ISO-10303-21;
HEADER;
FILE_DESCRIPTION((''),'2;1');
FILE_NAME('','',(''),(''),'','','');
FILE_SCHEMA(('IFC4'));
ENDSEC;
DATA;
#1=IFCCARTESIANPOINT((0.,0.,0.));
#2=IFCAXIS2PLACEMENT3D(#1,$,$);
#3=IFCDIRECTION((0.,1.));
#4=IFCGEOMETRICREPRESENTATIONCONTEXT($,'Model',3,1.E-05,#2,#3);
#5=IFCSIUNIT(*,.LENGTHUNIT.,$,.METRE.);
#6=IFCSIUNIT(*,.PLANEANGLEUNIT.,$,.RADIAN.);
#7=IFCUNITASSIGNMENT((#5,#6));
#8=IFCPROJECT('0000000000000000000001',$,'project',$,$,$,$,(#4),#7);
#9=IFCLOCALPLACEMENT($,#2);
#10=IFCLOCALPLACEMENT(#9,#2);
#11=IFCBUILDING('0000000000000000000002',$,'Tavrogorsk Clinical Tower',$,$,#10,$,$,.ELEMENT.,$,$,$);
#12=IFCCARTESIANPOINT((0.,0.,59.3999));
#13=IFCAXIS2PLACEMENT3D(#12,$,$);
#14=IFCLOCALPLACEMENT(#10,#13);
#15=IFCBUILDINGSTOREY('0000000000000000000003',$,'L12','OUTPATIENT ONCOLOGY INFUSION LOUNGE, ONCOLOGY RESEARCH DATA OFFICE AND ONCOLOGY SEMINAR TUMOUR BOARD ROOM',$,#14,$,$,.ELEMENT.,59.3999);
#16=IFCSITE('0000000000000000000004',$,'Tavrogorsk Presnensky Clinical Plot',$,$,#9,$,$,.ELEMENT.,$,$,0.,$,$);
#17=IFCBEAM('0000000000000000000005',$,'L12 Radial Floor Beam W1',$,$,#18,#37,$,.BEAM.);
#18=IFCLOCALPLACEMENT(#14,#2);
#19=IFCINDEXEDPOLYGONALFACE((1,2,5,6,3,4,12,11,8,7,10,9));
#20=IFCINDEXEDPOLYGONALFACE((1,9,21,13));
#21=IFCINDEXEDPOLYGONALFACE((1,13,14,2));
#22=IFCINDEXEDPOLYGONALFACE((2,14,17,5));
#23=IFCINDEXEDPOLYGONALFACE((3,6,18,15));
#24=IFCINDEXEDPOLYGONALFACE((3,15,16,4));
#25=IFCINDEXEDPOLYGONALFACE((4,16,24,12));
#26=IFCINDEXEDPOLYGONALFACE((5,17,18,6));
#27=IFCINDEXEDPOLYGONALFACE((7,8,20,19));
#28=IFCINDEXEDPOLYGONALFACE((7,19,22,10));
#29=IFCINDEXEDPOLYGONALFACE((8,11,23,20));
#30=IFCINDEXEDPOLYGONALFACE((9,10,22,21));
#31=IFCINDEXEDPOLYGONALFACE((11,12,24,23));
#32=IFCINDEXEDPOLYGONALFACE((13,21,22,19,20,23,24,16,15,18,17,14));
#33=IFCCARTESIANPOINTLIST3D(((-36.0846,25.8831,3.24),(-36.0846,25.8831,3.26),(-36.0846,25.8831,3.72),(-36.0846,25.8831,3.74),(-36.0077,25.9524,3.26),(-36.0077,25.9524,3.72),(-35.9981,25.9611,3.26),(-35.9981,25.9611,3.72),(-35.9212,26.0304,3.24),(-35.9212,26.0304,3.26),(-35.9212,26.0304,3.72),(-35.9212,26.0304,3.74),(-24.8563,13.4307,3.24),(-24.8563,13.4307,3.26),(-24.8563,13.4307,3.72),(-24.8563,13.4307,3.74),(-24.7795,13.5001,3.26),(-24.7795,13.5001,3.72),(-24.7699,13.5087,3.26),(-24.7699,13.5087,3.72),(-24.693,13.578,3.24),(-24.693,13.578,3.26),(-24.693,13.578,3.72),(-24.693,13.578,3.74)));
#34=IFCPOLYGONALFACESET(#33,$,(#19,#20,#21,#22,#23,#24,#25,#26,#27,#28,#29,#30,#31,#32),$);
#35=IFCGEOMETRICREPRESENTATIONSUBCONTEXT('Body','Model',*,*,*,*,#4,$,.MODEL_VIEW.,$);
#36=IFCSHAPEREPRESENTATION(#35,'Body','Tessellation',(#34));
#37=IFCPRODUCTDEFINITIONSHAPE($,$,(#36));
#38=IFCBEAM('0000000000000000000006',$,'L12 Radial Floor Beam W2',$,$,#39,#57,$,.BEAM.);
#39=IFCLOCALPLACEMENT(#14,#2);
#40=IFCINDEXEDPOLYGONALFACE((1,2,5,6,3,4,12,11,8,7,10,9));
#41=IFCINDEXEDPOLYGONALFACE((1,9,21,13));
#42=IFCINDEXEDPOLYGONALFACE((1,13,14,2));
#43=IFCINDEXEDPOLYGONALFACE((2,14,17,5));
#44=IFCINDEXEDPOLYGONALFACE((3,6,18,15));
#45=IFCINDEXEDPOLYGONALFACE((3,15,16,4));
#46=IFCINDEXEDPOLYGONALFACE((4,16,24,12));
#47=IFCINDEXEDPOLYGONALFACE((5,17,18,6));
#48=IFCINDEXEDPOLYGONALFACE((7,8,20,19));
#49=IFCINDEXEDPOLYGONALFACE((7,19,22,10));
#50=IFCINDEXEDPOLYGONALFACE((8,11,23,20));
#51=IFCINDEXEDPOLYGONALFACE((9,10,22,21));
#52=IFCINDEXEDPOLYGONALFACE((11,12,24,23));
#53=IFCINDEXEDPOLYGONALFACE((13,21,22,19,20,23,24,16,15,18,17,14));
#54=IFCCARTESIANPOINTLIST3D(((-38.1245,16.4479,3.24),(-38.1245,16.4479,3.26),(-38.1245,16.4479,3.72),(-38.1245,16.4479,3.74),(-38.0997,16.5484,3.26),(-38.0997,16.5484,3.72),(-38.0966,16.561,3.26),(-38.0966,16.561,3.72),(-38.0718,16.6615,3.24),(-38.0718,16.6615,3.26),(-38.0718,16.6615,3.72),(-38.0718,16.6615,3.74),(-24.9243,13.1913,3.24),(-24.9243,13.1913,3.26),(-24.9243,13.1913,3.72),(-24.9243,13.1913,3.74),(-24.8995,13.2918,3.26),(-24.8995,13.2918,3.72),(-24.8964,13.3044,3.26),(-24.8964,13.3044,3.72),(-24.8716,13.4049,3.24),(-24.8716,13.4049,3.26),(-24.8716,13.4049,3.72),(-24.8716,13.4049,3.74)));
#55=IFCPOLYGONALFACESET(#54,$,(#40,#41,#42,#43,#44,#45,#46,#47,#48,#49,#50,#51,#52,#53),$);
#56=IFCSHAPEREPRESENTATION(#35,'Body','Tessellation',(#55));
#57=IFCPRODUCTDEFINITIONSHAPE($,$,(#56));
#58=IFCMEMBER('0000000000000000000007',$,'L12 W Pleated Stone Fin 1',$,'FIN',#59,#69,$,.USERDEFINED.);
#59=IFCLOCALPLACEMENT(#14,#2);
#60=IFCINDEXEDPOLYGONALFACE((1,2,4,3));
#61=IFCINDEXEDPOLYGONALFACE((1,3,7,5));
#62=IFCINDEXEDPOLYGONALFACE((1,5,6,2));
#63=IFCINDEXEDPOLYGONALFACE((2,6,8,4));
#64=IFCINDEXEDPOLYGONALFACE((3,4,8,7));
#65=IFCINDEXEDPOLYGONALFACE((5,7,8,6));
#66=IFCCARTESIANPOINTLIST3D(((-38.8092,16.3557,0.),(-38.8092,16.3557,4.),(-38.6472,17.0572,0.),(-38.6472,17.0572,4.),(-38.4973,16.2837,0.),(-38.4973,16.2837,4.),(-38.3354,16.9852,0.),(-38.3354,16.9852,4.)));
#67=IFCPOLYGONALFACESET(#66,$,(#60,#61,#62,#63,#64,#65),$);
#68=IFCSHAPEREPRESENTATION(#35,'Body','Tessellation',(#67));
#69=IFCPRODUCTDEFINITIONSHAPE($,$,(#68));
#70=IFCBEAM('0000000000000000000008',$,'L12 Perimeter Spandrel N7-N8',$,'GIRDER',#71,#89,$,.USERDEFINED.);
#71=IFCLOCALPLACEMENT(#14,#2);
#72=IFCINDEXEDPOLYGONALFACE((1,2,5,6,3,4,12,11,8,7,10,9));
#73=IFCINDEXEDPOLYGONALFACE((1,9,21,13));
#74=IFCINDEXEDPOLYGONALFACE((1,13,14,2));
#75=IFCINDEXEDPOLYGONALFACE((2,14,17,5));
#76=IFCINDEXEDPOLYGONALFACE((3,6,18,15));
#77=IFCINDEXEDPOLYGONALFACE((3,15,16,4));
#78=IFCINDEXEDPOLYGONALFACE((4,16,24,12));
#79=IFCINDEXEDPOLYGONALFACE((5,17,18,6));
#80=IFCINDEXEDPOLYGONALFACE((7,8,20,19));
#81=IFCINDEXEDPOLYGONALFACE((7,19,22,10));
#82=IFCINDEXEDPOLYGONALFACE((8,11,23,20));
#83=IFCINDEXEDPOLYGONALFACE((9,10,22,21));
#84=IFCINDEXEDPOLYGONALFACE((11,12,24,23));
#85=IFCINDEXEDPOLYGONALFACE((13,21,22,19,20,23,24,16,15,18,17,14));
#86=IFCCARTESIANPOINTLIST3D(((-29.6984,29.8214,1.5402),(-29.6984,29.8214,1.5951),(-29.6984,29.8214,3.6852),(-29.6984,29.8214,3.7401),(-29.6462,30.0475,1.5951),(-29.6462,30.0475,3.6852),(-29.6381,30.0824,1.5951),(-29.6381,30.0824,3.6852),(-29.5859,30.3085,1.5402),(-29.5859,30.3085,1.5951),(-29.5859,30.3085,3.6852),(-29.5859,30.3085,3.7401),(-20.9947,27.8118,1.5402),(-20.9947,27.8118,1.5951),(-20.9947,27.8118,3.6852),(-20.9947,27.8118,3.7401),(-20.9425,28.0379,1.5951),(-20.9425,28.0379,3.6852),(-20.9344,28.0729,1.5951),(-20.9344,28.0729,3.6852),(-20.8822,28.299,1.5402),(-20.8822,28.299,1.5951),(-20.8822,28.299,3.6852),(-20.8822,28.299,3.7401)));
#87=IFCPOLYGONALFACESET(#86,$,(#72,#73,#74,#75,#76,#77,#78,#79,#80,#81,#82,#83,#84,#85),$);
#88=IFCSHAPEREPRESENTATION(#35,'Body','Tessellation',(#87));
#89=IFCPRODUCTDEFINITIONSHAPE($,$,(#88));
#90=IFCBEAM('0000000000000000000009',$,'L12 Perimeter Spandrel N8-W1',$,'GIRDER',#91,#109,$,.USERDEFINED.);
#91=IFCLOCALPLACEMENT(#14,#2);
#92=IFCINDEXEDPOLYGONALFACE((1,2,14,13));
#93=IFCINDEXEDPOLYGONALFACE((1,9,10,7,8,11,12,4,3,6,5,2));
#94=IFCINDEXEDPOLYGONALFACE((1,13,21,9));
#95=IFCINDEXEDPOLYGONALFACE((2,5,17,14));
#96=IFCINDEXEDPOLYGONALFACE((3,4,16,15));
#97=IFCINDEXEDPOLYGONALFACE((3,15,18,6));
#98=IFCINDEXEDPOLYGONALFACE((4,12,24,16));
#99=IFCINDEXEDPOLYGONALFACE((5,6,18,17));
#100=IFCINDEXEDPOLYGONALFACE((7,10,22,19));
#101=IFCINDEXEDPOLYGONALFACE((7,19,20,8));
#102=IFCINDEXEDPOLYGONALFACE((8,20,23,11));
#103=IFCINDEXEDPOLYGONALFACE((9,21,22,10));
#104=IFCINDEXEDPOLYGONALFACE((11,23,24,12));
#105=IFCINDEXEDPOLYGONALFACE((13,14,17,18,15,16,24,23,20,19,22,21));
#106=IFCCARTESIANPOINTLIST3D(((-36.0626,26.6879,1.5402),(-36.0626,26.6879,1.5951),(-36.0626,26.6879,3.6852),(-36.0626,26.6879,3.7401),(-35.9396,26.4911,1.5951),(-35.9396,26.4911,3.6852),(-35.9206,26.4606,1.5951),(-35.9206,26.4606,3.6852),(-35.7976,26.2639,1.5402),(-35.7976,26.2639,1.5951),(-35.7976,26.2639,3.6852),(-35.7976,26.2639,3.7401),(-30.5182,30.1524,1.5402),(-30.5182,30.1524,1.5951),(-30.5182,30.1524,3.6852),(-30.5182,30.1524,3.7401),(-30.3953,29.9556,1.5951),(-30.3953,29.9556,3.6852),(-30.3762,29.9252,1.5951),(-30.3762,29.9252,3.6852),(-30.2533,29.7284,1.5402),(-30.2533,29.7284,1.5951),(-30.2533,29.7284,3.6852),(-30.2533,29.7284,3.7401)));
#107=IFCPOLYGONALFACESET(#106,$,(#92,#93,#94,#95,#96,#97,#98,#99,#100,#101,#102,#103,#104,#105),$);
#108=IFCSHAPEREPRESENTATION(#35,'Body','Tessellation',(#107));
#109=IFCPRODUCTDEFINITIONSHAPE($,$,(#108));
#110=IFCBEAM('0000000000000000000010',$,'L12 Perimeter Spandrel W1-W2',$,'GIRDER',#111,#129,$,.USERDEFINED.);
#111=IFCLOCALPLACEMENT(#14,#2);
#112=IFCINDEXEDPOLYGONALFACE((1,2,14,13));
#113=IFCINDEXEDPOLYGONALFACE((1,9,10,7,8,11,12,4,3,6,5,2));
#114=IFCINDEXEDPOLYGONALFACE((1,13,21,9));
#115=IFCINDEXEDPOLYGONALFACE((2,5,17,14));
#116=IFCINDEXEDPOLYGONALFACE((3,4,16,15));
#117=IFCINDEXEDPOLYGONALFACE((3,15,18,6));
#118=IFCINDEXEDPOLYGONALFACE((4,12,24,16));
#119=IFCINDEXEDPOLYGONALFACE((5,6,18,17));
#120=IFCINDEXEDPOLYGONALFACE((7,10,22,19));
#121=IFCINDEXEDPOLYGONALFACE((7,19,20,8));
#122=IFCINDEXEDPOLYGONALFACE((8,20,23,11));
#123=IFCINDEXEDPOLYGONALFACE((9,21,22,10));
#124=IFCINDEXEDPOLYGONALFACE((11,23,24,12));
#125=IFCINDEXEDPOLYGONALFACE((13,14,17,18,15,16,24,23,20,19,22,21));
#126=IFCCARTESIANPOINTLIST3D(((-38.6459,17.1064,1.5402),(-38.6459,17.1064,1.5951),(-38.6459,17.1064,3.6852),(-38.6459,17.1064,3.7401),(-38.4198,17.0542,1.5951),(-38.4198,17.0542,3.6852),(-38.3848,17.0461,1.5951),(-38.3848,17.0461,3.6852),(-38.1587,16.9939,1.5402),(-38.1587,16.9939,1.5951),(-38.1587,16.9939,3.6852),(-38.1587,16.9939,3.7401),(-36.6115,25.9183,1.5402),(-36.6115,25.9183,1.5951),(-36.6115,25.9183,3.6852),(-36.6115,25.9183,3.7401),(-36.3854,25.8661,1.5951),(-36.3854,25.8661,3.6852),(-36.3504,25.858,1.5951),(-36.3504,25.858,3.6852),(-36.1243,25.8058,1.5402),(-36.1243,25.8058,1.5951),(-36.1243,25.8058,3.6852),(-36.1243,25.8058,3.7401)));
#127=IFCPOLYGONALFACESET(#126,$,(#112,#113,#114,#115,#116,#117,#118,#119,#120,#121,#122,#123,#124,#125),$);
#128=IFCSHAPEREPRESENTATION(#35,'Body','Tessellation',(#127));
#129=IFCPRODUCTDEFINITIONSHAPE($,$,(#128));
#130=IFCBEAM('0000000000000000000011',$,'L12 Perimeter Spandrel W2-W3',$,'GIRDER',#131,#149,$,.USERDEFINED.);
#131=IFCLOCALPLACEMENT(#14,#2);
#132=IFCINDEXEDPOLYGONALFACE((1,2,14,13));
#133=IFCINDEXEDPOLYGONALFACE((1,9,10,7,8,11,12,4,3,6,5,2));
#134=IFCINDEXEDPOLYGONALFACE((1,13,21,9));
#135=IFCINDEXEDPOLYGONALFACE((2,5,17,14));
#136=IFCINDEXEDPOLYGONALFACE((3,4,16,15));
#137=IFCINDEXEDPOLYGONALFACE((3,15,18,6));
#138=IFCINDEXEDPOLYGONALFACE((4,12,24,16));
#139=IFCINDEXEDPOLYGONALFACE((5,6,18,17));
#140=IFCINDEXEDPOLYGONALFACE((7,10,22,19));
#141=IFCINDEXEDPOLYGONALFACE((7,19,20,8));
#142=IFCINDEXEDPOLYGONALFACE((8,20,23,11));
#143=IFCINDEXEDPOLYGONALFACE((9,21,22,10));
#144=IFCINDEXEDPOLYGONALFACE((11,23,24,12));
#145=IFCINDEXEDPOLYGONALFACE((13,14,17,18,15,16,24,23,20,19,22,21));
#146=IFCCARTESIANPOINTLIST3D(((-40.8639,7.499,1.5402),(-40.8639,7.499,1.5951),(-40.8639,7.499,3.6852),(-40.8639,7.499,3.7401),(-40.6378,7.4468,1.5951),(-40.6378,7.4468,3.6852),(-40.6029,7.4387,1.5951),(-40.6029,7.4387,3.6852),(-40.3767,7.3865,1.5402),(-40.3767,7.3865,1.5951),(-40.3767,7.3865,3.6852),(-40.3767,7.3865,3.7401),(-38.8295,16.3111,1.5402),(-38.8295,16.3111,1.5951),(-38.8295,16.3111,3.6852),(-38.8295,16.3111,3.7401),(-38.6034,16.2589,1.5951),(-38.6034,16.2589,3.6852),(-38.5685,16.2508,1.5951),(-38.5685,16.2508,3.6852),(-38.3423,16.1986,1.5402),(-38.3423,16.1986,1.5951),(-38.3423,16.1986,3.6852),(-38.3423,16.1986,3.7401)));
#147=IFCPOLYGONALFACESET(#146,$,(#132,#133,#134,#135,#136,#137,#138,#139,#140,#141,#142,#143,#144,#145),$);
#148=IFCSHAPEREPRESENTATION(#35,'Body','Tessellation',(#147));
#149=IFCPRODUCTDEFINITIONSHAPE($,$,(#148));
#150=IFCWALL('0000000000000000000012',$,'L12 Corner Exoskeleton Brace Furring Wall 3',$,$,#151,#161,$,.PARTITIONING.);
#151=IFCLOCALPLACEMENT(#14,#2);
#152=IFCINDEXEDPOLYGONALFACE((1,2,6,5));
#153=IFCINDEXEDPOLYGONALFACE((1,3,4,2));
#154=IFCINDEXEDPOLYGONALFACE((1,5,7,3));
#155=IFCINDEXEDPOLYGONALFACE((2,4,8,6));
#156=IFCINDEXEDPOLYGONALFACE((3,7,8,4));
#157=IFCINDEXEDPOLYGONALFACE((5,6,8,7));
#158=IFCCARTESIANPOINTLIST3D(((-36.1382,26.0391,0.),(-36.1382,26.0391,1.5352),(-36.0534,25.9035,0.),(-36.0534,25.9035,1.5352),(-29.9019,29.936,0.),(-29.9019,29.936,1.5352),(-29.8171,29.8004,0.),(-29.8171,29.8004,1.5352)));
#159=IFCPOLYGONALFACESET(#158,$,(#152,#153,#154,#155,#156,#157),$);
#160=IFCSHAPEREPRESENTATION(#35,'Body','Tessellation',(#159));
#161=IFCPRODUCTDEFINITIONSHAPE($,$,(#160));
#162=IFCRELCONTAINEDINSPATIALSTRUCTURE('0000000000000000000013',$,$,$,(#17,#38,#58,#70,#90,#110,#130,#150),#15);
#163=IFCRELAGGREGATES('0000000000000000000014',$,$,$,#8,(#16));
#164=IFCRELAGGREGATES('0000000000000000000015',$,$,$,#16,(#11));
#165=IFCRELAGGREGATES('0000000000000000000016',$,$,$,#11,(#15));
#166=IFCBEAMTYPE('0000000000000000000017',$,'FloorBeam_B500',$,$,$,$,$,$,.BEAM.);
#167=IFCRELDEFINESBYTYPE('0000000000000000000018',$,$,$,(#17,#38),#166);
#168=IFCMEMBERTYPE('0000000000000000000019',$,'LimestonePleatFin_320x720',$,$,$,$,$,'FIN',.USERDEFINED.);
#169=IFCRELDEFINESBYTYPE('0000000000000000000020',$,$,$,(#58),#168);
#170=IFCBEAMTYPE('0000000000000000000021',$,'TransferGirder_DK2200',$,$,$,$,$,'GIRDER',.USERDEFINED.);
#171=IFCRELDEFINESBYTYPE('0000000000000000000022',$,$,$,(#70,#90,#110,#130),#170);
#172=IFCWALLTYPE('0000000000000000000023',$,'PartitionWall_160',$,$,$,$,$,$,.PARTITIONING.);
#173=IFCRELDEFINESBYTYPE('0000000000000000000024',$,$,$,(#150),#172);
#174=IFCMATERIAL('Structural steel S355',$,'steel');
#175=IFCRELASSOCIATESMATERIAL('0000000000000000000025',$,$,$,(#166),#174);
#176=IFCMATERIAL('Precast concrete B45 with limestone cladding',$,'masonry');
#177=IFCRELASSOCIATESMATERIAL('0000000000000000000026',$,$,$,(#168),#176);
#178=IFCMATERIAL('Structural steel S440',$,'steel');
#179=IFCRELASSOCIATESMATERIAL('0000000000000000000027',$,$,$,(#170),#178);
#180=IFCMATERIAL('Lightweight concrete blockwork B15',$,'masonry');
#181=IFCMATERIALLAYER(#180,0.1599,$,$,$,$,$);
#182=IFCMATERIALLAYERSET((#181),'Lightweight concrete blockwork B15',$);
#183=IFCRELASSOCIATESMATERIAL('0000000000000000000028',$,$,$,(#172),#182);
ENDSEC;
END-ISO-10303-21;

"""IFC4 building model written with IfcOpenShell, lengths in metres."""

from ifc_helpers import new_model, si_unit, direction, frame, frame_2d, origin, origin_2d, place, context, subcontext, project, spatial, rectangle, i_section, extrude, material, layer, layer_set, material_profile, profile_set, type_object, element, save


model = new_model("IFC4")

# Units and contexts
model_context = context("Model", 3, precision=1e-05, world=origin(), true_north=direction((0.0, 1.0)))
body_context = subcontext(model_context, "Body", "Model", "MODEL_VIEW")
ifc_project = project(units=[si_unit("LENGTHUNIT", "METRE"), si_unit("PLANEANGLEUNIT", "RADIAN")], contexts=[model_context])

# Site, building, storey
site_placement = place(None, origin())
site = spatial("IfcSite", under=ifc_project, at=site_placement, Name="Tavrogorsk Presnensky Clinical Plot", CompositionType="ELEMENT", RefElevation=0.0)
building_placement = place(site_placement, origin())
building = spatial("IfcBuilding", under=site, at=building_placement, Name="Tavrogorsk Clinical Tower", CompositionType="ELEMENT")
storey_placement = place(building_placement, frame((0.0, 0.0, 59.3999)))
storey = spatial("IfcBuildingStorey", under=building, at=storey_placement, Name="L12", Description="OUTPATIENT ONCOLOGY INFUSION LOUNGE, ONCOLOGY RESEARCH DATA OFFICE AND ONCOLOGY SEMINAR TUMOUR BOARD ROOM", CompositionType="ELEMENT", Elevation=59.3999)

# Beams
ifc_material_1 = material(Name="Structural steel S355", Category="steel")
ifc_material_profile_1 = material_profile(ifc_material_1, i_section(OverallWidth=0.22, OverallDepth=0.5, WebThickness=0.0129, FlangeThickness=0.02, at=origin_2d()), Name="B-500x220x13x20")
ifc_profile_set_1 = profile_set([ifc_material_profile_1], Name="Structural steel S355")
beam_type_1 = type_object("IfcBeamType", Name="FloorBeam_B500", PredefinedType="BEAM", material=ifc_profile_set_1)
beam_1_placement = place(storey_placement, frame((-24.7747, 13.5044, 3.49), z_axis=(-0.66966, 0.742668, 0.0), x_axis=(-0.742668, -0.66966, 0.0)))
element("IfcBeam", 1, at=beam_1_placement, inside=storey, type_object=beam_type_1, Name="L12 Radial Floor Beam W1", PredefinedType="BEAM", context=body_context, shape_type="SweptSolid", body=[
    extrude(i_section(OverallWidth=0.22, OverallDepth=0.5, WebThickness=0.0129, FlangeThickness=0.02, at=origin_2d()), origin(), (0.0, 0.0, 1.0), 16.7671),
])
beam_2_placement = place(storey_placement, frame((-24.8979, 13.2981, 3.49), z_axis=(-0.97089, 0.239526, 0.0), x_axis=(-0.239526, -0.97089, 0.0)))
element("IfcBeam", 2, at=beam_2_placement, inside=storey, type_object=beam_type_1, Name="L12 Radial Floor Beam W2", PredefinedType="BEAM", context=body_context, shape_type="SweptSolid", body=[
    extrude(i_section(OverallWidth=0.22, OverallDepth=0.5, WebThickness=0.0129, FlangeThickness=0.02, at=origin_2d()), origin(), (0.0, 0.0, 1.0), 13.5959),
])

# Member
ifc_material_2 = material(Name="Precast concrete B45 with limestone cladding", Category="masonry")
ifc_material_profile_2 = material_profile(ifc_material_2, rectangle(XDim=0.3201, YDim=0.72, at=origin_2d()), Name="LIMESTONE-FIN-320x720")
ifc_profile_set_2 = profile_set([ifc_material_profile_2], Name="Precast concrete B45 with limestone cladding")
member_type_1 = type_object("IfcMemberType", Name="LimestonePleatFin_320x720", ElementType="FIN", PredefinedType="USERDEFINED", material=ifc_profile_set_2)
member_1_placement = place(storey_placement, frame((-38.5723, 16.6704, 0.0), z_axis=(0.0, 0.0, 1.0), x_axis=(0.97437, -0.224951, 0.0)))
element("IfcMember", 3, at=member_1_placement, inside=storey, type_object=member_type_1, Name="L12 W Pleated Stone Fin 1", ObjectType="FIN", PredefinedType="USERDEFINED", context=body_context, shape_type="SweptSolid", body=[
    extrude(rectangle(XDim=0.3201, YDim=0.72, at=origin_2d()), origin(), (0.0, 0.0, 1.0), 4.0),
])

# Beams
ifc_material_3 = material(Name="Structural steel S440", Category="steel")
ifc_material_profile_3 = material_profile(ifc_material_3, i_section(OverallWidth=0.5, OverallDepth=2.2, WebThickness=0.0359, FlangeThickness=0.0549, at=origin_2d()), Name="DK-2200x500x36x55")
ifc_profile_set_3 = profile_set([ifc_material_profile_3], Name="Structural steel S440")
beam_type_2 = type_object("IfcBeamType", Name="TransferGirder_DK2200", ElementType="GIRDER", PredefinedType="USERDEFINED", material=ifc_profile_set_3)
beam_3_placement = place(storey_placement, frame((-20.9385, 28.0554, 2.6401), z_axis=(-0.974367, 0.224965, 0.0), x_axis=(-0.224965, -0.974367, 0.0)))
element("IfcBeam", 4, at=beam_3_placement, inside=storey, type_object=beam_type_2, Name="L12 Perimeter Spandrel N7-N8", ObjectType="GIRDER", PredefinedType="USERDEFINED", context=body_context, shape_type="SweptSolid", body=[
    extrude(i_section(OverallWidth=0.5, OverallDepth=2.2, WebThickness=0.0359, FlangeThickness=0.0549, at=origin_2d()), origin(), (0.0, 0.0, 1.0), 8.9326),
])
beam_4_placement = place(storey_placement, frame((-30.3857, 29.9404, 2.6401), z_axis=(-0.848044, -0.529925, 0.0), x_axis=(0.529925, -0.848044, 0.0)))
element("IfcBeam", 5, at=beam_4_placement, inside=storey, type_object=beam_type_2, Name="L12 Perimeter Spandrel N8-W1", ObjectType="GIRDER", PredefinedType="USERDEFINED", context=body_context, shape_type="SweptSolid", body=[
    extrude(i_section(OverallWidth=0.5, OverallDepth=2.2, WebThickness=0.0359, FlangeThickness=0.0549, at=origin_2d()), origin(), (0.0, 0.0, 1.0), 6.5378),
])
beam_5_placement = place(storey_placement, frame((-36.3679, 25.8621, 2.6401), z_axis=(-0.224952, -0.97437, 0.0), x_axis=(0.97437, -0.224952, 0.0)))
element("IfcBeam", 6, at=beam_5_placement, inside=storey, type_object=beam_type_2, Name="L12 Perimeter Spandrel W1-W2", ObjectType="GIRDER", PredefinedType="USERDEFINED", context=body_context, shape_type="SweptSolid", body=[
    extrude(i_section(OverallWidth=0.5, OverallDepth=2.2, WebThickness=0.0359, FlangeThickness=0.0549, at=origin_2d()), origin(), (0.0, 0.0, 1.0), 9.0437),
])
beam_6_placement = place(storey_placement, frame((-38.5859, 16.2549, 2.6401), z_axis=(-0.224946, -0.974371, 0.0), x_axis=(0.974371, -0.224946, 0.0)))
element("IfcBeam", 7, at=beam_6_placement, inside=storey, type_object=beam_type_2, Name="L12 Perimeter Spandrel W2-W3", ObjectType="GIRDER", PredefinedType="USERDEFINED", context=body_context, shape_type="SweptSolid", body=[
    extrude(i_section(OverallWidth=0.5, OverallDepth=2.2, WebThickness=0.0359, FlangeThickness=0.0549, at=origin_2d()), origin(), (0.0, 0.0, 1.0), 9.0439),
])

# Wall
ifc_material_4 = material(Name="Lightweight concrete blockwork B15", Category="masonry")
ifc_layer_1 = layer(ifc_material_4, 0.1599)
ifc_layer_set_1 = layer_set([ifc_layer_1], Name="Lightweight concrete blockwork B15")
wall_type_1 = type_object("IfcWallType", Name="PartitionWall_160", PredefinedType="PARTITIONING", material=ifc_layer_set_1)
wall_1_placement = place(storey_placement, frame((-29.8596, 29.8682, 0.0), z_axis=(0.0, 0.0, 1.0), x_axis=(-0.848043, -0.529927, 0.0)))
element("IfcWall", 8, at=wall_1_placement, inside=storey, type_object=wall_type_1, Name="L12 Corner Exoskeleton Brace Furring Wall 3", PredefinedType="PARTITIONING", context=body_context, shape_type="SweptSolid", body=[
    extrude(rectangle(XDim=7.3538, YDim=0.1599, at=frame_2d((3.6768, 0.0))), origin(), (0.0, 0.0, 1.0), 1.5352),
])

save(model, "model.ifc")
